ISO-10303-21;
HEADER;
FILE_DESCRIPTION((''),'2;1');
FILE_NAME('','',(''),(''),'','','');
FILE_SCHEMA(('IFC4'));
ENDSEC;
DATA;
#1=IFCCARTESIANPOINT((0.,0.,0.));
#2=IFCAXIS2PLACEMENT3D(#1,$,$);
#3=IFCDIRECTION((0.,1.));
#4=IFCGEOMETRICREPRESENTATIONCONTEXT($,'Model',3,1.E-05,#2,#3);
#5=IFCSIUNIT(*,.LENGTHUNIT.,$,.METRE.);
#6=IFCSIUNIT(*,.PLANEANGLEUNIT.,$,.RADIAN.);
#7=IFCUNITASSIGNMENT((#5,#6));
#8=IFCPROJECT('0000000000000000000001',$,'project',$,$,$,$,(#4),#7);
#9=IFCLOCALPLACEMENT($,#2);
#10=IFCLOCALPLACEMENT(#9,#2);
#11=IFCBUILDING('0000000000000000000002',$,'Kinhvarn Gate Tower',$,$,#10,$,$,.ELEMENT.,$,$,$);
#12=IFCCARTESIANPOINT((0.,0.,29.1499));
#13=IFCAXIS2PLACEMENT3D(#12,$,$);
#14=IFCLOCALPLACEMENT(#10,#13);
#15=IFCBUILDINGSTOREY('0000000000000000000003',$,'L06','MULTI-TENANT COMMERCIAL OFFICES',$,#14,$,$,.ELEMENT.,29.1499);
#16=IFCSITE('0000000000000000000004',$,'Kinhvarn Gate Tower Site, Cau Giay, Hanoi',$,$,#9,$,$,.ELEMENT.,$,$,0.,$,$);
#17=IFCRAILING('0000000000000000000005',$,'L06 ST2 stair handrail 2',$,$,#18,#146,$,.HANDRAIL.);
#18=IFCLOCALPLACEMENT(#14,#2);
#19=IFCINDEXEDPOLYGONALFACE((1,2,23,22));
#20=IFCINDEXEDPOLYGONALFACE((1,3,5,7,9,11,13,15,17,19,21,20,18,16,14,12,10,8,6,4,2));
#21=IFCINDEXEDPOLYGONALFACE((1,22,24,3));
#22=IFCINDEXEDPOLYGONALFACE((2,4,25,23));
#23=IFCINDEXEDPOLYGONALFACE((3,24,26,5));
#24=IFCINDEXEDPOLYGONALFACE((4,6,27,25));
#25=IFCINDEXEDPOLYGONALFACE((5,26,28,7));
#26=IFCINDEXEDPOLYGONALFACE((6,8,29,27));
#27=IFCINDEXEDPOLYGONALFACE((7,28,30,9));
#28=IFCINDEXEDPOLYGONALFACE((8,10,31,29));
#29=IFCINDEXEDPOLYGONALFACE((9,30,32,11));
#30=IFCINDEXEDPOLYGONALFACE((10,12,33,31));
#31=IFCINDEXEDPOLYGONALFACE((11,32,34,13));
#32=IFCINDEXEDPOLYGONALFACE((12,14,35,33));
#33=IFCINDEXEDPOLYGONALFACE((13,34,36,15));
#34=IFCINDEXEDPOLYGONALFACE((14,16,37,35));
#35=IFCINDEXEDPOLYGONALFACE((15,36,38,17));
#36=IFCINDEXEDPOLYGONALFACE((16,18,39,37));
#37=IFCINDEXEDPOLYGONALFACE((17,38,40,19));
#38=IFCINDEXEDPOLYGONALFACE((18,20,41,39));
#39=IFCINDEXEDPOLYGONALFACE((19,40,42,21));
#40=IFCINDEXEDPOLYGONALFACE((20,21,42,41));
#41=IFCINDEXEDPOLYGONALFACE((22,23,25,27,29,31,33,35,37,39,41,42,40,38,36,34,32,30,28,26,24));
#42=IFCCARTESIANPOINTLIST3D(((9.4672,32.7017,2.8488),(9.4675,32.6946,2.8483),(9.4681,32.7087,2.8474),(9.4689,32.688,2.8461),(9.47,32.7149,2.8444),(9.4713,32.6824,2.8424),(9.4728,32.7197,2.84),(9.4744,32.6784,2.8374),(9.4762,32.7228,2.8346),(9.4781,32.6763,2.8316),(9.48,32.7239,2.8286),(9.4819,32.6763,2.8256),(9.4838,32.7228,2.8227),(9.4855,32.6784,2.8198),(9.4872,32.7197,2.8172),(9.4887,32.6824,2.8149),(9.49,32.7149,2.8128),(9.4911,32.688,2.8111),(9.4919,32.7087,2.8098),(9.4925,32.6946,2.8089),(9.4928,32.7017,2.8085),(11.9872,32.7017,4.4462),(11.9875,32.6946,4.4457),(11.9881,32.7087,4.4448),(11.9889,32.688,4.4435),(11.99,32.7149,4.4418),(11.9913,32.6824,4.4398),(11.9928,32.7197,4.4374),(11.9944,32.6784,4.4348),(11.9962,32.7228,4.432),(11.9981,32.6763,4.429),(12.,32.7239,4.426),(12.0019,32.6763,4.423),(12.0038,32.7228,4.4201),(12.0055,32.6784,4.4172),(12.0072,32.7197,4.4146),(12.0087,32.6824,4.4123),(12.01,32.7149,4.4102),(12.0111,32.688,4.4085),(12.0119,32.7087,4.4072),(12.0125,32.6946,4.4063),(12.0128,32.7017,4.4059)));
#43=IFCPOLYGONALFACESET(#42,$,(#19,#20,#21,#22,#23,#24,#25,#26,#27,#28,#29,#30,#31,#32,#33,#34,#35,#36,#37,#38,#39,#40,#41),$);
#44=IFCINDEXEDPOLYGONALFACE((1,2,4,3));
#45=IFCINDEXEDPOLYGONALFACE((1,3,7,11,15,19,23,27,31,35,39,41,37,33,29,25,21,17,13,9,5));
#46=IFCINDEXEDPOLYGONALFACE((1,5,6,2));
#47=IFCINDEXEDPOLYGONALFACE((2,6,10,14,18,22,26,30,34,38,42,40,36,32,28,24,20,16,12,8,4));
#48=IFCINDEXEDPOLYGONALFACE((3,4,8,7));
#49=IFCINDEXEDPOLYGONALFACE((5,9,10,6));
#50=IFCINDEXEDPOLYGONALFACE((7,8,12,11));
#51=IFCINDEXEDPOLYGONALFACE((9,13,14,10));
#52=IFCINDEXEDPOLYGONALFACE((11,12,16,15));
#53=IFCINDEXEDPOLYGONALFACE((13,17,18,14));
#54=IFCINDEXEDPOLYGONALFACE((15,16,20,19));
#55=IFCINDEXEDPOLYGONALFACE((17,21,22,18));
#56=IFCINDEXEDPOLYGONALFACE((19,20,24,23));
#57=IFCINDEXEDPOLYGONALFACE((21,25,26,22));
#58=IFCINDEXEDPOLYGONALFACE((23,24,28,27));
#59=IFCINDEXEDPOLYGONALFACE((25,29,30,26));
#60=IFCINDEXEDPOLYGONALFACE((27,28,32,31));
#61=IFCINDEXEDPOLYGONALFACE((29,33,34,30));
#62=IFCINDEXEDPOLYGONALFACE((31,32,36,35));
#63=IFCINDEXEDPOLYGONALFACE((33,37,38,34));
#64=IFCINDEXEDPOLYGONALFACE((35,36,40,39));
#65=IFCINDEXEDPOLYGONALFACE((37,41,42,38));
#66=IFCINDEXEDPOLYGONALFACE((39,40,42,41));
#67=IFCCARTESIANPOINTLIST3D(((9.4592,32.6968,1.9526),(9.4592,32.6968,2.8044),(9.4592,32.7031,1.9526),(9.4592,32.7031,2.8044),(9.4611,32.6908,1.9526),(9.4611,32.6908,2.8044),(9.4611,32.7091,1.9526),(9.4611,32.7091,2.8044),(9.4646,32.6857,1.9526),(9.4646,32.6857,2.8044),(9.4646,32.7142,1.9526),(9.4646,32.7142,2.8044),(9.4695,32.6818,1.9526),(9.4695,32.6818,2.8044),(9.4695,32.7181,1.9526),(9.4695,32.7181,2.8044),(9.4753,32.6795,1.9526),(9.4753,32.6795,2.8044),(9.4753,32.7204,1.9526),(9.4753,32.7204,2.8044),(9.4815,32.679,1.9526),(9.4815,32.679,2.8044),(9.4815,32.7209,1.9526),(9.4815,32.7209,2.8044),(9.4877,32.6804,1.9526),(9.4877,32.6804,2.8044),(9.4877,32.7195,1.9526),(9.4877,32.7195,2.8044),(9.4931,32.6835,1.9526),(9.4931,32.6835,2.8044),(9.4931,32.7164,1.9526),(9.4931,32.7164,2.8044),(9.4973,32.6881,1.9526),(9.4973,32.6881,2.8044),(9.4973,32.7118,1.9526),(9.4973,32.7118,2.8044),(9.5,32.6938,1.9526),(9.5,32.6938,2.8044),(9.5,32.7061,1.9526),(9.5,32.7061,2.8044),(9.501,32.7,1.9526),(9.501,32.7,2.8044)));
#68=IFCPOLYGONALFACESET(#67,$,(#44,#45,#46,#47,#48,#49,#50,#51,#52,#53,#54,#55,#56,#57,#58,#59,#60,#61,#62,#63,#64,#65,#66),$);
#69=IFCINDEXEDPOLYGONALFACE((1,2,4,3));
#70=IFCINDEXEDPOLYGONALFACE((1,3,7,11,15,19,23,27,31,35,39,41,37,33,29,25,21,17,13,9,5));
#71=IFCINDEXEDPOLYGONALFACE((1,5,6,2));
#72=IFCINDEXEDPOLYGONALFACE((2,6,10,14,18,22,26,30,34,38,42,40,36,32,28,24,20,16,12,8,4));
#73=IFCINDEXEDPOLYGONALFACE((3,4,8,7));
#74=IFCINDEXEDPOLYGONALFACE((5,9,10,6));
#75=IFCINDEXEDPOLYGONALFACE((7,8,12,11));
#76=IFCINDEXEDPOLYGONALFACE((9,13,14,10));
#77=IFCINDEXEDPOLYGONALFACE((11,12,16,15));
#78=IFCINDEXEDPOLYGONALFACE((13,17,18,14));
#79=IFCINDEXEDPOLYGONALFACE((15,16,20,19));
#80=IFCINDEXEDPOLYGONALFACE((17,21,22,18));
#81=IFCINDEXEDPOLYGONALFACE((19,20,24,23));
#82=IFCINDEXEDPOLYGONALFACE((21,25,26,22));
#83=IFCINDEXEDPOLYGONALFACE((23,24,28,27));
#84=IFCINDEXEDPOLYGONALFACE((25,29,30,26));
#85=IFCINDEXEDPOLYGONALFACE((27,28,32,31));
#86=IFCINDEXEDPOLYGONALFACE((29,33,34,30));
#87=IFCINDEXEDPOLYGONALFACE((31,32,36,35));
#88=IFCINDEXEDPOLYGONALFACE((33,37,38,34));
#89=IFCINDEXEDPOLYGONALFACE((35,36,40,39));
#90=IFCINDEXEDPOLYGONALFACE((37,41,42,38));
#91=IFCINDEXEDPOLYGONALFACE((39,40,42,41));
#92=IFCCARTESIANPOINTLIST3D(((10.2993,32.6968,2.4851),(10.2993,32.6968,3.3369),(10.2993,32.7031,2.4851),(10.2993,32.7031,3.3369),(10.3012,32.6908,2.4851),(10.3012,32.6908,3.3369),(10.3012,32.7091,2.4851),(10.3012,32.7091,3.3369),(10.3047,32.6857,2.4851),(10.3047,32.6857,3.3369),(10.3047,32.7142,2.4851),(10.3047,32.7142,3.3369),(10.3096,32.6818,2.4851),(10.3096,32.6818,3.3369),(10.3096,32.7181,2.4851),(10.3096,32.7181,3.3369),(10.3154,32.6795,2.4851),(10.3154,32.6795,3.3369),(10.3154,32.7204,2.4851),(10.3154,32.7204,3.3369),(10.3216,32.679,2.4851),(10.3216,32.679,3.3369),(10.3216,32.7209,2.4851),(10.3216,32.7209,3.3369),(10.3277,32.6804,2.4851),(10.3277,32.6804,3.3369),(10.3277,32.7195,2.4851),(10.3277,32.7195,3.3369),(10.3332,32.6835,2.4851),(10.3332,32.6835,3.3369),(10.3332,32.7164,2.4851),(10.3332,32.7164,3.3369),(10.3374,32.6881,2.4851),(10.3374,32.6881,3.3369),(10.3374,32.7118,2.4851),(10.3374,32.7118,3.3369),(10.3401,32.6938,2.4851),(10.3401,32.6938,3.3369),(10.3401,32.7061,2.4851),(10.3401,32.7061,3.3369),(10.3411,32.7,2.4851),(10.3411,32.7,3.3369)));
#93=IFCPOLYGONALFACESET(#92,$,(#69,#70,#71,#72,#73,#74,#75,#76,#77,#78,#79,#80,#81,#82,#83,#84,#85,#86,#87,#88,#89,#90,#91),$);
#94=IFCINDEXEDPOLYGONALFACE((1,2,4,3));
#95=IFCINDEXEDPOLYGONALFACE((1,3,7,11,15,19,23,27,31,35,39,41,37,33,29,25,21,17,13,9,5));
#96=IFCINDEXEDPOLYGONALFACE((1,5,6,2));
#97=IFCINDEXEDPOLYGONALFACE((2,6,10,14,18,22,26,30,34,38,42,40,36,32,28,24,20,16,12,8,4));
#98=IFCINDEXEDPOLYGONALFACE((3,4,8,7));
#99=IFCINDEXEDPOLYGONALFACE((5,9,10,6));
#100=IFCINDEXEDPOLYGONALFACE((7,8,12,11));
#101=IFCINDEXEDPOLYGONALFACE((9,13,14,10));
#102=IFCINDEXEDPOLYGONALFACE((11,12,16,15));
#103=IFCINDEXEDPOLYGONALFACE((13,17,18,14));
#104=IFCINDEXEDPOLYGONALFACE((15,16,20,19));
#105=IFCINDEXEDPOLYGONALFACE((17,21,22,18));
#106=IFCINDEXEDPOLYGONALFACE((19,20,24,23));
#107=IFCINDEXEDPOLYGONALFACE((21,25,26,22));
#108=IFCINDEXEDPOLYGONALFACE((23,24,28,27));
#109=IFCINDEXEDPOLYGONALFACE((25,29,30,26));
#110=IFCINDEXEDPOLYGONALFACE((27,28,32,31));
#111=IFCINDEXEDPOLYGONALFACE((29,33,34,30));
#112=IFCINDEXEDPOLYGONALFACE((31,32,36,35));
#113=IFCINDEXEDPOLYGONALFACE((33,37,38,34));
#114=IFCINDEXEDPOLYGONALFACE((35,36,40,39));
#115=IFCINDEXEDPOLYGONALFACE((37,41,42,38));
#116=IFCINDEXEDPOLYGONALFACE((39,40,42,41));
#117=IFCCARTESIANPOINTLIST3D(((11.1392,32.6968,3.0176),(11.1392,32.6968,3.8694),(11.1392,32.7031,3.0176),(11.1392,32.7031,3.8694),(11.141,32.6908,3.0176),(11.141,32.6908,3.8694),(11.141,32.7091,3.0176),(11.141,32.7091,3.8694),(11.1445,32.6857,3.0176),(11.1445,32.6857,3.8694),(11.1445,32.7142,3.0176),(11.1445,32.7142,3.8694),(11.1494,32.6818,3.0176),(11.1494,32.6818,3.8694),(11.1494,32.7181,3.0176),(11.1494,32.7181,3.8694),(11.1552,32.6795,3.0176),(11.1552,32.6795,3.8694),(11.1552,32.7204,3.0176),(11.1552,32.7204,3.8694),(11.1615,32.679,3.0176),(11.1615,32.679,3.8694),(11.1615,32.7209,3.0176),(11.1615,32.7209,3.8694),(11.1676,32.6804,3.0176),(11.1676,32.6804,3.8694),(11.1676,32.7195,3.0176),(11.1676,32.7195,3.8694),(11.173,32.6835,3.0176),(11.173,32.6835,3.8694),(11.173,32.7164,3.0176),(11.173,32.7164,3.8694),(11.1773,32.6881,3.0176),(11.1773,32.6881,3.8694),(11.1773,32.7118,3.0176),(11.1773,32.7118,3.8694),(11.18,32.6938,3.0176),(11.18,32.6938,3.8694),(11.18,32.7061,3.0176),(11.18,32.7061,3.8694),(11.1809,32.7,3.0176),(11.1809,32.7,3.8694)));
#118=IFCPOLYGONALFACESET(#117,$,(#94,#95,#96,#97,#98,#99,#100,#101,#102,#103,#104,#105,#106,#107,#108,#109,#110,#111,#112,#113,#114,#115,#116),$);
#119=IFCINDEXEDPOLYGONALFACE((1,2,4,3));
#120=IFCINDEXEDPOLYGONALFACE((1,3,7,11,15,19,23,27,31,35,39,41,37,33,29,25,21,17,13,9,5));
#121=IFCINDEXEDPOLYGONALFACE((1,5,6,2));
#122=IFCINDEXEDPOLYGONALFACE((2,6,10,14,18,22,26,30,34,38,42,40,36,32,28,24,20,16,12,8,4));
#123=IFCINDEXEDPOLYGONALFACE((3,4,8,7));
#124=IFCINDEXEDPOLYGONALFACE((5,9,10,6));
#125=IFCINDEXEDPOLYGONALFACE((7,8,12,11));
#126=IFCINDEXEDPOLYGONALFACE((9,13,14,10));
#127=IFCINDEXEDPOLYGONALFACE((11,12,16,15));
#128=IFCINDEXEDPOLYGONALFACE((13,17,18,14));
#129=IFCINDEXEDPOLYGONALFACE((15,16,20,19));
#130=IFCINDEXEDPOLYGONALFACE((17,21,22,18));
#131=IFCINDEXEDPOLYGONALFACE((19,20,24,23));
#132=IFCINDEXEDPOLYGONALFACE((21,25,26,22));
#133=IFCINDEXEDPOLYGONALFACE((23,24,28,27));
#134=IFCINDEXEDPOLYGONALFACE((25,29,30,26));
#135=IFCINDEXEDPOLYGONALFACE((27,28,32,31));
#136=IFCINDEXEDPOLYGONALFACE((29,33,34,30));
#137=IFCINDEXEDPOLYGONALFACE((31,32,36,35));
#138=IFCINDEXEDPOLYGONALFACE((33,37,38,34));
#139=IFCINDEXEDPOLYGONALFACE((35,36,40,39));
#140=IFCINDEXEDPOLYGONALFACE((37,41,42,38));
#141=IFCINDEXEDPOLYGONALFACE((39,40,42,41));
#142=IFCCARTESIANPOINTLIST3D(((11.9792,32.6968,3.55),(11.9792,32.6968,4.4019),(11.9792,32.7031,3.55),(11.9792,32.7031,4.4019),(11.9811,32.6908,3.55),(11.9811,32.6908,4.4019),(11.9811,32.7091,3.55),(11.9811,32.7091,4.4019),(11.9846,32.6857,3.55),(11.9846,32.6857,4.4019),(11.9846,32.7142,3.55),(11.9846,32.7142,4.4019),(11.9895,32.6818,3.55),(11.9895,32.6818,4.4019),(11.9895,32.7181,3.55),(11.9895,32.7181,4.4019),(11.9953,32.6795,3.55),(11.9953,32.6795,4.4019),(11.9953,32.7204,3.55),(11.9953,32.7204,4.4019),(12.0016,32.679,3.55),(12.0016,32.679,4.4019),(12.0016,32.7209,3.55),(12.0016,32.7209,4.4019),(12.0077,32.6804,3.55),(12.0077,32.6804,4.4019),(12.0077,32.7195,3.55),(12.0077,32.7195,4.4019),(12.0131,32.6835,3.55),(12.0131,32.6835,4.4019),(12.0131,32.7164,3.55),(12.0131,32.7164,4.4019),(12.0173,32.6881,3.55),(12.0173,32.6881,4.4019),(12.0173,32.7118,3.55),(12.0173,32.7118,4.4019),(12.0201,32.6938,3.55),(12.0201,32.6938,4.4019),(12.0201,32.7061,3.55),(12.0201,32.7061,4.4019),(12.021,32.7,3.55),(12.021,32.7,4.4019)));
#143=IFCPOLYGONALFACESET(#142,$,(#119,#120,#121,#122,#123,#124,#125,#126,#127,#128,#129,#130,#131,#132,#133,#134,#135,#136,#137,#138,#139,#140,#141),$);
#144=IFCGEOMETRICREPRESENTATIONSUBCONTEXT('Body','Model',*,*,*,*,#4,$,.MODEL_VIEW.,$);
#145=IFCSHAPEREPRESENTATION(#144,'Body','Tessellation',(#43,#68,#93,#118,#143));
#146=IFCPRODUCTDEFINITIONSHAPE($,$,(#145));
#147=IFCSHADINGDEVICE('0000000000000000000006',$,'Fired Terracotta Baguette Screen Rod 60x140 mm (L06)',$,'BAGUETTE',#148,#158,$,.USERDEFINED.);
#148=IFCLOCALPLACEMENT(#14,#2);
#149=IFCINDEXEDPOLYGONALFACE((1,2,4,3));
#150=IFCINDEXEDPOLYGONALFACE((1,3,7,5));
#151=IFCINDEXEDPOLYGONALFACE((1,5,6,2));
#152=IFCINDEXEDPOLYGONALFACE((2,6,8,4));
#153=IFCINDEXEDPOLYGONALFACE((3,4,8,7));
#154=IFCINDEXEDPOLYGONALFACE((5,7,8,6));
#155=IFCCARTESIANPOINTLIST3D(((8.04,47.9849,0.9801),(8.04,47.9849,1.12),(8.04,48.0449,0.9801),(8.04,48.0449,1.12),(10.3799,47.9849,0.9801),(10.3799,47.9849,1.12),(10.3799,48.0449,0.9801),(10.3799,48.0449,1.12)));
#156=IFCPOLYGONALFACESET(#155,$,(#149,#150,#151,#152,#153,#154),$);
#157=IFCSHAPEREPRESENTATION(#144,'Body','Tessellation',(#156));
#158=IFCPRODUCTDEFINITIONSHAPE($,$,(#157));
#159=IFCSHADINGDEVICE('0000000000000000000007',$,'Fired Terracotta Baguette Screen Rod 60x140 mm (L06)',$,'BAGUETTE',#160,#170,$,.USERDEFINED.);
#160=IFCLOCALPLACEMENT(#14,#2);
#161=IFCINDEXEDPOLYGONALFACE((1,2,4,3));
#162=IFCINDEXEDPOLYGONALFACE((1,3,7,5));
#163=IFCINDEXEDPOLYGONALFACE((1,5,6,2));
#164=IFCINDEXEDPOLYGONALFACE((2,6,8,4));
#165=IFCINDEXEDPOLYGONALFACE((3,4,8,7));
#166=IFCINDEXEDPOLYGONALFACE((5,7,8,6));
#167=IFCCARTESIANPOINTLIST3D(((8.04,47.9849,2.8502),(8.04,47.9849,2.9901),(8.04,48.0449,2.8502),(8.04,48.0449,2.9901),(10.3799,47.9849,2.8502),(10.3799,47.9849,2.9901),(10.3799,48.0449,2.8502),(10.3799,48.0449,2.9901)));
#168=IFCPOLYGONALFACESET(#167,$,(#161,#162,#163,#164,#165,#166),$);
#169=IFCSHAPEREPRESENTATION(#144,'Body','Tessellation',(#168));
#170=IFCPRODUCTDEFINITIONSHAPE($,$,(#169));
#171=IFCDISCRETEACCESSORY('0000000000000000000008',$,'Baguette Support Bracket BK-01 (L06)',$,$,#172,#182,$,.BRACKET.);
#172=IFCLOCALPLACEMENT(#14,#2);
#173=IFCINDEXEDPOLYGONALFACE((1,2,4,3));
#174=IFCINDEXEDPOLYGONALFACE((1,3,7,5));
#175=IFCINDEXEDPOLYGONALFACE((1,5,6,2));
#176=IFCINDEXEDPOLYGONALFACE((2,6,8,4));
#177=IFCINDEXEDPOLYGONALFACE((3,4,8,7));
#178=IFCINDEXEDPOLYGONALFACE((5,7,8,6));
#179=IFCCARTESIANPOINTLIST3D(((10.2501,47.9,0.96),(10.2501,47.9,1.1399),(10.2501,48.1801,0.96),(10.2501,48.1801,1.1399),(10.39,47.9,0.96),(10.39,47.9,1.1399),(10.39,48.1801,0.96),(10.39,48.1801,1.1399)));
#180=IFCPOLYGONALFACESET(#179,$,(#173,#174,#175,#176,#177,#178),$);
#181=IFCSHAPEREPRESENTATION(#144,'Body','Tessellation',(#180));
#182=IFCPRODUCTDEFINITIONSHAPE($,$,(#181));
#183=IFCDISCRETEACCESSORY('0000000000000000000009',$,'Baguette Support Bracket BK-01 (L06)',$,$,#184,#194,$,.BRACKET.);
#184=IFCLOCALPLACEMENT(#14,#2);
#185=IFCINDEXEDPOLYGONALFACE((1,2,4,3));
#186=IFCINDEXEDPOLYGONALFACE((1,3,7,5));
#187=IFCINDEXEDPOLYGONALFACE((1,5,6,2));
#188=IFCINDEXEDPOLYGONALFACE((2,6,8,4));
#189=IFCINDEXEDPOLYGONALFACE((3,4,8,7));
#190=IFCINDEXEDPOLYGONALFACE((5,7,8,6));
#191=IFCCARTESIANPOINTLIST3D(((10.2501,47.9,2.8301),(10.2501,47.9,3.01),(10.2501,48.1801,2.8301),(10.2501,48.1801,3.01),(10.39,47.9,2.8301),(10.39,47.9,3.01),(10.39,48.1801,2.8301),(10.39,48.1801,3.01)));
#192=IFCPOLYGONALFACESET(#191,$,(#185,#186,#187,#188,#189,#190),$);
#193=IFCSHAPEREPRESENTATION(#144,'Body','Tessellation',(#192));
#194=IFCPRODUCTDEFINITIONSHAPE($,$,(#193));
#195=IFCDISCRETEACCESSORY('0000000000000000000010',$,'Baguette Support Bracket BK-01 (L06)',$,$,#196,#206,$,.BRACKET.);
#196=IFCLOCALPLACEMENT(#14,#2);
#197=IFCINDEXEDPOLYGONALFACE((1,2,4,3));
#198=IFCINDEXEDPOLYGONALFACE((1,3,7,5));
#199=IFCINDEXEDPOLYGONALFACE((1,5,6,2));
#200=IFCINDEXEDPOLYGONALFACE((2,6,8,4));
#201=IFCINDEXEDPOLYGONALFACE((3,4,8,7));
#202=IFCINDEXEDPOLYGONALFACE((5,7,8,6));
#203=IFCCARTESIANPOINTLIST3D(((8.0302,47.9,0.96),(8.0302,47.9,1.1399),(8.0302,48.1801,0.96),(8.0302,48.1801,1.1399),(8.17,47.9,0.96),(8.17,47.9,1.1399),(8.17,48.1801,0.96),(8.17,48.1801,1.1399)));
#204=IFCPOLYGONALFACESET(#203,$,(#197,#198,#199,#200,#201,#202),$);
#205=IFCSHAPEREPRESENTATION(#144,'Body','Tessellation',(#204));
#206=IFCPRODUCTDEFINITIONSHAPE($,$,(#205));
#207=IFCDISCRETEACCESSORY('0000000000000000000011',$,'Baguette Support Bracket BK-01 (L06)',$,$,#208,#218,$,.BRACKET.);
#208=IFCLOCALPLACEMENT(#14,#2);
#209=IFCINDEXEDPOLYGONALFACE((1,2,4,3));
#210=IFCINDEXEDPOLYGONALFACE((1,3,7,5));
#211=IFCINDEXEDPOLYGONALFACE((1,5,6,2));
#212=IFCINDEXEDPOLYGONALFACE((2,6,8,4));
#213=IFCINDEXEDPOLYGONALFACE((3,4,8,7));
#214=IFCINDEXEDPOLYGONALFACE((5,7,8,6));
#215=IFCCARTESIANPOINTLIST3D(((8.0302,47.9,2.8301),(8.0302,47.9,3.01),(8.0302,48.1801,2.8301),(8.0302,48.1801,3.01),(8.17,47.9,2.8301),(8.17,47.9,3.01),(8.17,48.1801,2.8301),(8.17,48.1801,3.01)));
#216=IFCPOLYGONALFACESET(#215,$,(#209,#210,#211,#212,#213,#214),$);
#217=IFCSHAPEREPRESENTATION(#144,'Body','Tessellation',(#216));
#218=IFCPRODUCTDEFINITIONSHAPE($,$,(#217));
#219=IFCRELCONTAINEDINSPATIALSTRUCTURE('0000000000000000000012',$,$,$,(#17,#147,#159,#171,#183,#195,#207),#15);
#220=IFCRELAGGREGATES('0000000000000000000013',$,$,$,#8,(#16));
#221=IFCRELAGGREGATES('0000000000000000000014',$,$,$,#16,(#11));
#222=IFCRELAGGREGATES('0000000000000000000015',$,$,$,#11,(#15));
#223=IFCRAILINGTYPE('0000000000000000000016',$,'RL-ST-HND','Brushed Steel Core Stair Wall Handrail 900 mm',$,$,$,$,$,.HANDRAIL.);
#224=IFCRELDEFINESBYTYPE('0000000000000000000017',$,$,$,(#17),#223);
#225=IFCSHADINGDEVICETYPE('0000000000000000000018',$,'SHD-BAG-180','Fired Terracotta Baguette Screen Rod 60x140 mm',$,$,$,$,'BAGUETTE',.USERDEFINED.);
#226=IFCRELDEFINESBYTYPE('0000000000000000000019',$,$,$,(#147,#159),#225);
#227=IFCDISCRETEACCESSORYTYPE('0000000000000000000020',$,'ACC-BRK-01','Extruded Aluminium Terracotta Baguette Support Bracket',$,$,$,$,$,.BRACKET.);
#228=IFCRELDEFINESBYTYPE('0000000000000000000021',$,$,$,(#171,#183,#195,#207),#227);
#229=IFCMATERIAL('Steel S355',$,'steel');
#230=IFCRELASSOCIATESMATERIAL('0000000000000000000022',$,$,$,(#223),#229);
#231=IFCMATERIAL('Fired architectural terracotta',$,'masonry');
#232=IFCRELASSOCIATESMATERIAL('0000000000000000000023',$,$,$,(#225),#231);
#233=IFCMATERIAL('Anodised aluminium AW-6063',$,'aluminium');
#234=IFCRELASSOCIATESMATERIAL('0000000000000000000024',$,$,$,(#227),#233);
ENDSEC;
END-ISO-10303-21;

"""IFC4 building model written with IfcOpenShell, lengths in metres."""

from ifc_helpers import new_model, si_unit, direction, frame, origin, origin_2d, place, context, subcontext, project, spatial, rectangle, circle, extrude, material, material_profile, profile_set, type_object, element, save


model = new_model("IFC4")

# Units and contexts
model_context = context("Model", 3, precision=1e-05, world=origin(), true_north=direction((0.0, 1.0)))
body_context = subcontext(model_context, "Body", "Model", "MODEL_VIEW")
ifc_project = project(units=[si_unit("LENGTHUNIT", "METRE"), si_unit("PLANEANGLEUNIT", "RADIAN")], contexts=[model_context])

# Site, building, storey
site_placement = place(None, origin())
site = spatial("IfcSite", under=ifc_project, at=site_placement, Name="Kinhvarn Gate Tower Site, Cau Giay, Hanoi", CompositionType="ELEMENT", RefElevation=0.0)
building_placement = place(site_placement, origin())
building = spatial("IfcBuilding", under=site, at=building_placement, Name="Kinhvarn Gate Tower", CompositionType="ELEMENT")
storey_placement = place(building_placement, frame((0.0, 0.0, 29.1499)))
storey = spatial("IfcBuildingStorey", under=building, at=storey_placement, Name="L06", Description="MULTI-TENANT COMMERCIAL OFFICES", CompositionType="ELEMENT", Elevation=29.1499)

# Shared definitions
ifc_material_1 = material(Name="Anodised aluminium AW-6063", Category="aluminium")

# Shared definitions
ifc_material_2 = material(Name="Steel S355", Category="steel")

# Shared definitions
ifc_material_3 = material(Name="Fired architectural terracotta", Category="masonry")

# Railing
railing_type_1 = type_object("IfcRailingType", Name="RL-ST-HND", Description="Brushed Steel Core Stair Wall Handrail 900 mm", PredefinedType="HANDRAIL", material=ifc_material_2)
railing_1_placement = place(storey_placement, frame((9.48, 32.7, 1.9526)))
element("IfcRailing", 1, at=railing_1_placement, inside=storey, type_object=railing_type_1, Name="L06 ST2 stair handrail 2", PredefinedType="HANDRAIL", context=body_context, shape_type="SweptSolid", body=[
    extrude(circle(Radius=0.0239, at=origin_2d()), frame((0.0, 0.0, 0.876), z_axis=(0.844607, 0.0, 0.535387), x_axis=(0.0, 1.0, 0.0)), (0.0, 0.0, 1.0), 2.9836),
    extrude(circle(Radius=0.021, at=origin_2d()), origin(), (0.0, 0.0, 1.0), 0.8518),
    extrude(circle(Radius=0.021, at=origin_2d()), frame((0.8401, 0.0, 0.5325)), (0.0, 0.0, 1.0), 0.8518),
    extrude(circle(Radius=0.021, at=origin_2d()), frame((1.6799, 0.0, 1.0649)), (0.0, 0.0, 1.0), 0.8518),
    extrude(circle(Radius=0.021, at=origin_2d()), frame((2.52, 0.0, 1.5974)), (0.0, 0.0, 1.0), 0.8518),
])

# Shading devices
ifc_material_profile_1 = material_profile(ifc_material_3, rectangle(XDim=0.0601, YDim=0.1399, at=origin_2d()), Name="TC 60x140")
ifc_profile_set_1 = profile_set([ifc_material_profile_1], Name="Fired architectural terracotta")
shading_device_type = type_object("IfcShadingDeviceType", Name="SHD-BAG-180", Description="Fired Terracotta Baguette Screen Rod 60x140 mm", ElementType="BAGUETTE", PredefinedType="USERDEFINED", material=ifc_profile_set_1)
for number, where, z_axis, x_axis, name in (
    (2, (10.3799, 48.0149, 1.05), (-1.0, 0.0, 0.0), (0.0, -1.0, 0.0), "Fired Terracotta Baguette Screen Rod 60x140 mm (L06)"),
    (3, (10.3799, 48.0149, 2.9202), (-1.0, 0.0, 0.0), (0.0, -1.0, 0.0), "Fired Terracotta Baguette Screen Rod 60x140 mm (L06)"),
):
    element("IfcShadingDevice", number, at=place(storey_placement, frame(where, z_axis=z_axis, x_axis=x_axis)), inside=storey, type_object=shading_device_type, Name=name, ObjectType="BAGUETTE", PredefinedType="USERDEFINED", context=body_context, shape_type="SweptSolid", body=[
        extrude(rectangle(XDim=0.0601, YDim=0.1399, at=origin_2d()), origin(), (0.0, 0.0, 1.0), 2.3398),
    ])

# Discrete accessories
discrete_accessory_type = type_object("IfcDiscreteAccessoryType", Name="ACC-BRK-01", Description="Extruded Aluminium Terracotta Baguette Support Bracket", PredefinedType="BRACKET", material=ifc_material_1)
for number, where, z_axis, x_axis, name in (
    (4, (10.3201, 48.04, 0.96), (0.0, 0.0, 1.0), (-1.0, 0.0, 0.0), "Baguette Support Bracket BK-01 (L06)"),
    (5, (10.3201, 48.04, 2.8301), (0.0, 0.0, 1.0), (-1.0, 0.0, 0.0), "Baguette Support Bracket BK-01 (L06)"),
    (6, (8.1001, 48.04, 0.96), (0.0, 0.0, 1.0), (-1.0, 0.0, 0.0), "Baguette Support Bracket BK-01 (L06)"),
    (7, (8.1001, 48.04, 2.8301), (0.0, 0.0, 1.0), (-1.0, 0.0, 0.0), "Baguette Support Bracket BK-01 (L06)"),
):
    element("IfcDiscreteAccessory", number, at=place(storey_placement, frame(where, z_axis=z_axis, x_axis=x_axis)), inside=storey, type_object=discrete_accessory_type, Name=name, PredefinedType="BRACKET", context=body_context, shape_type="SweptSolid", body=[
        extrude(rectangle(XDim=0.1399, YDim=0.28, at=origin_2d()), origin(), (0.0, 0.0, 1.0), 0.1799),
    ])

save(model, "model.ifc")
